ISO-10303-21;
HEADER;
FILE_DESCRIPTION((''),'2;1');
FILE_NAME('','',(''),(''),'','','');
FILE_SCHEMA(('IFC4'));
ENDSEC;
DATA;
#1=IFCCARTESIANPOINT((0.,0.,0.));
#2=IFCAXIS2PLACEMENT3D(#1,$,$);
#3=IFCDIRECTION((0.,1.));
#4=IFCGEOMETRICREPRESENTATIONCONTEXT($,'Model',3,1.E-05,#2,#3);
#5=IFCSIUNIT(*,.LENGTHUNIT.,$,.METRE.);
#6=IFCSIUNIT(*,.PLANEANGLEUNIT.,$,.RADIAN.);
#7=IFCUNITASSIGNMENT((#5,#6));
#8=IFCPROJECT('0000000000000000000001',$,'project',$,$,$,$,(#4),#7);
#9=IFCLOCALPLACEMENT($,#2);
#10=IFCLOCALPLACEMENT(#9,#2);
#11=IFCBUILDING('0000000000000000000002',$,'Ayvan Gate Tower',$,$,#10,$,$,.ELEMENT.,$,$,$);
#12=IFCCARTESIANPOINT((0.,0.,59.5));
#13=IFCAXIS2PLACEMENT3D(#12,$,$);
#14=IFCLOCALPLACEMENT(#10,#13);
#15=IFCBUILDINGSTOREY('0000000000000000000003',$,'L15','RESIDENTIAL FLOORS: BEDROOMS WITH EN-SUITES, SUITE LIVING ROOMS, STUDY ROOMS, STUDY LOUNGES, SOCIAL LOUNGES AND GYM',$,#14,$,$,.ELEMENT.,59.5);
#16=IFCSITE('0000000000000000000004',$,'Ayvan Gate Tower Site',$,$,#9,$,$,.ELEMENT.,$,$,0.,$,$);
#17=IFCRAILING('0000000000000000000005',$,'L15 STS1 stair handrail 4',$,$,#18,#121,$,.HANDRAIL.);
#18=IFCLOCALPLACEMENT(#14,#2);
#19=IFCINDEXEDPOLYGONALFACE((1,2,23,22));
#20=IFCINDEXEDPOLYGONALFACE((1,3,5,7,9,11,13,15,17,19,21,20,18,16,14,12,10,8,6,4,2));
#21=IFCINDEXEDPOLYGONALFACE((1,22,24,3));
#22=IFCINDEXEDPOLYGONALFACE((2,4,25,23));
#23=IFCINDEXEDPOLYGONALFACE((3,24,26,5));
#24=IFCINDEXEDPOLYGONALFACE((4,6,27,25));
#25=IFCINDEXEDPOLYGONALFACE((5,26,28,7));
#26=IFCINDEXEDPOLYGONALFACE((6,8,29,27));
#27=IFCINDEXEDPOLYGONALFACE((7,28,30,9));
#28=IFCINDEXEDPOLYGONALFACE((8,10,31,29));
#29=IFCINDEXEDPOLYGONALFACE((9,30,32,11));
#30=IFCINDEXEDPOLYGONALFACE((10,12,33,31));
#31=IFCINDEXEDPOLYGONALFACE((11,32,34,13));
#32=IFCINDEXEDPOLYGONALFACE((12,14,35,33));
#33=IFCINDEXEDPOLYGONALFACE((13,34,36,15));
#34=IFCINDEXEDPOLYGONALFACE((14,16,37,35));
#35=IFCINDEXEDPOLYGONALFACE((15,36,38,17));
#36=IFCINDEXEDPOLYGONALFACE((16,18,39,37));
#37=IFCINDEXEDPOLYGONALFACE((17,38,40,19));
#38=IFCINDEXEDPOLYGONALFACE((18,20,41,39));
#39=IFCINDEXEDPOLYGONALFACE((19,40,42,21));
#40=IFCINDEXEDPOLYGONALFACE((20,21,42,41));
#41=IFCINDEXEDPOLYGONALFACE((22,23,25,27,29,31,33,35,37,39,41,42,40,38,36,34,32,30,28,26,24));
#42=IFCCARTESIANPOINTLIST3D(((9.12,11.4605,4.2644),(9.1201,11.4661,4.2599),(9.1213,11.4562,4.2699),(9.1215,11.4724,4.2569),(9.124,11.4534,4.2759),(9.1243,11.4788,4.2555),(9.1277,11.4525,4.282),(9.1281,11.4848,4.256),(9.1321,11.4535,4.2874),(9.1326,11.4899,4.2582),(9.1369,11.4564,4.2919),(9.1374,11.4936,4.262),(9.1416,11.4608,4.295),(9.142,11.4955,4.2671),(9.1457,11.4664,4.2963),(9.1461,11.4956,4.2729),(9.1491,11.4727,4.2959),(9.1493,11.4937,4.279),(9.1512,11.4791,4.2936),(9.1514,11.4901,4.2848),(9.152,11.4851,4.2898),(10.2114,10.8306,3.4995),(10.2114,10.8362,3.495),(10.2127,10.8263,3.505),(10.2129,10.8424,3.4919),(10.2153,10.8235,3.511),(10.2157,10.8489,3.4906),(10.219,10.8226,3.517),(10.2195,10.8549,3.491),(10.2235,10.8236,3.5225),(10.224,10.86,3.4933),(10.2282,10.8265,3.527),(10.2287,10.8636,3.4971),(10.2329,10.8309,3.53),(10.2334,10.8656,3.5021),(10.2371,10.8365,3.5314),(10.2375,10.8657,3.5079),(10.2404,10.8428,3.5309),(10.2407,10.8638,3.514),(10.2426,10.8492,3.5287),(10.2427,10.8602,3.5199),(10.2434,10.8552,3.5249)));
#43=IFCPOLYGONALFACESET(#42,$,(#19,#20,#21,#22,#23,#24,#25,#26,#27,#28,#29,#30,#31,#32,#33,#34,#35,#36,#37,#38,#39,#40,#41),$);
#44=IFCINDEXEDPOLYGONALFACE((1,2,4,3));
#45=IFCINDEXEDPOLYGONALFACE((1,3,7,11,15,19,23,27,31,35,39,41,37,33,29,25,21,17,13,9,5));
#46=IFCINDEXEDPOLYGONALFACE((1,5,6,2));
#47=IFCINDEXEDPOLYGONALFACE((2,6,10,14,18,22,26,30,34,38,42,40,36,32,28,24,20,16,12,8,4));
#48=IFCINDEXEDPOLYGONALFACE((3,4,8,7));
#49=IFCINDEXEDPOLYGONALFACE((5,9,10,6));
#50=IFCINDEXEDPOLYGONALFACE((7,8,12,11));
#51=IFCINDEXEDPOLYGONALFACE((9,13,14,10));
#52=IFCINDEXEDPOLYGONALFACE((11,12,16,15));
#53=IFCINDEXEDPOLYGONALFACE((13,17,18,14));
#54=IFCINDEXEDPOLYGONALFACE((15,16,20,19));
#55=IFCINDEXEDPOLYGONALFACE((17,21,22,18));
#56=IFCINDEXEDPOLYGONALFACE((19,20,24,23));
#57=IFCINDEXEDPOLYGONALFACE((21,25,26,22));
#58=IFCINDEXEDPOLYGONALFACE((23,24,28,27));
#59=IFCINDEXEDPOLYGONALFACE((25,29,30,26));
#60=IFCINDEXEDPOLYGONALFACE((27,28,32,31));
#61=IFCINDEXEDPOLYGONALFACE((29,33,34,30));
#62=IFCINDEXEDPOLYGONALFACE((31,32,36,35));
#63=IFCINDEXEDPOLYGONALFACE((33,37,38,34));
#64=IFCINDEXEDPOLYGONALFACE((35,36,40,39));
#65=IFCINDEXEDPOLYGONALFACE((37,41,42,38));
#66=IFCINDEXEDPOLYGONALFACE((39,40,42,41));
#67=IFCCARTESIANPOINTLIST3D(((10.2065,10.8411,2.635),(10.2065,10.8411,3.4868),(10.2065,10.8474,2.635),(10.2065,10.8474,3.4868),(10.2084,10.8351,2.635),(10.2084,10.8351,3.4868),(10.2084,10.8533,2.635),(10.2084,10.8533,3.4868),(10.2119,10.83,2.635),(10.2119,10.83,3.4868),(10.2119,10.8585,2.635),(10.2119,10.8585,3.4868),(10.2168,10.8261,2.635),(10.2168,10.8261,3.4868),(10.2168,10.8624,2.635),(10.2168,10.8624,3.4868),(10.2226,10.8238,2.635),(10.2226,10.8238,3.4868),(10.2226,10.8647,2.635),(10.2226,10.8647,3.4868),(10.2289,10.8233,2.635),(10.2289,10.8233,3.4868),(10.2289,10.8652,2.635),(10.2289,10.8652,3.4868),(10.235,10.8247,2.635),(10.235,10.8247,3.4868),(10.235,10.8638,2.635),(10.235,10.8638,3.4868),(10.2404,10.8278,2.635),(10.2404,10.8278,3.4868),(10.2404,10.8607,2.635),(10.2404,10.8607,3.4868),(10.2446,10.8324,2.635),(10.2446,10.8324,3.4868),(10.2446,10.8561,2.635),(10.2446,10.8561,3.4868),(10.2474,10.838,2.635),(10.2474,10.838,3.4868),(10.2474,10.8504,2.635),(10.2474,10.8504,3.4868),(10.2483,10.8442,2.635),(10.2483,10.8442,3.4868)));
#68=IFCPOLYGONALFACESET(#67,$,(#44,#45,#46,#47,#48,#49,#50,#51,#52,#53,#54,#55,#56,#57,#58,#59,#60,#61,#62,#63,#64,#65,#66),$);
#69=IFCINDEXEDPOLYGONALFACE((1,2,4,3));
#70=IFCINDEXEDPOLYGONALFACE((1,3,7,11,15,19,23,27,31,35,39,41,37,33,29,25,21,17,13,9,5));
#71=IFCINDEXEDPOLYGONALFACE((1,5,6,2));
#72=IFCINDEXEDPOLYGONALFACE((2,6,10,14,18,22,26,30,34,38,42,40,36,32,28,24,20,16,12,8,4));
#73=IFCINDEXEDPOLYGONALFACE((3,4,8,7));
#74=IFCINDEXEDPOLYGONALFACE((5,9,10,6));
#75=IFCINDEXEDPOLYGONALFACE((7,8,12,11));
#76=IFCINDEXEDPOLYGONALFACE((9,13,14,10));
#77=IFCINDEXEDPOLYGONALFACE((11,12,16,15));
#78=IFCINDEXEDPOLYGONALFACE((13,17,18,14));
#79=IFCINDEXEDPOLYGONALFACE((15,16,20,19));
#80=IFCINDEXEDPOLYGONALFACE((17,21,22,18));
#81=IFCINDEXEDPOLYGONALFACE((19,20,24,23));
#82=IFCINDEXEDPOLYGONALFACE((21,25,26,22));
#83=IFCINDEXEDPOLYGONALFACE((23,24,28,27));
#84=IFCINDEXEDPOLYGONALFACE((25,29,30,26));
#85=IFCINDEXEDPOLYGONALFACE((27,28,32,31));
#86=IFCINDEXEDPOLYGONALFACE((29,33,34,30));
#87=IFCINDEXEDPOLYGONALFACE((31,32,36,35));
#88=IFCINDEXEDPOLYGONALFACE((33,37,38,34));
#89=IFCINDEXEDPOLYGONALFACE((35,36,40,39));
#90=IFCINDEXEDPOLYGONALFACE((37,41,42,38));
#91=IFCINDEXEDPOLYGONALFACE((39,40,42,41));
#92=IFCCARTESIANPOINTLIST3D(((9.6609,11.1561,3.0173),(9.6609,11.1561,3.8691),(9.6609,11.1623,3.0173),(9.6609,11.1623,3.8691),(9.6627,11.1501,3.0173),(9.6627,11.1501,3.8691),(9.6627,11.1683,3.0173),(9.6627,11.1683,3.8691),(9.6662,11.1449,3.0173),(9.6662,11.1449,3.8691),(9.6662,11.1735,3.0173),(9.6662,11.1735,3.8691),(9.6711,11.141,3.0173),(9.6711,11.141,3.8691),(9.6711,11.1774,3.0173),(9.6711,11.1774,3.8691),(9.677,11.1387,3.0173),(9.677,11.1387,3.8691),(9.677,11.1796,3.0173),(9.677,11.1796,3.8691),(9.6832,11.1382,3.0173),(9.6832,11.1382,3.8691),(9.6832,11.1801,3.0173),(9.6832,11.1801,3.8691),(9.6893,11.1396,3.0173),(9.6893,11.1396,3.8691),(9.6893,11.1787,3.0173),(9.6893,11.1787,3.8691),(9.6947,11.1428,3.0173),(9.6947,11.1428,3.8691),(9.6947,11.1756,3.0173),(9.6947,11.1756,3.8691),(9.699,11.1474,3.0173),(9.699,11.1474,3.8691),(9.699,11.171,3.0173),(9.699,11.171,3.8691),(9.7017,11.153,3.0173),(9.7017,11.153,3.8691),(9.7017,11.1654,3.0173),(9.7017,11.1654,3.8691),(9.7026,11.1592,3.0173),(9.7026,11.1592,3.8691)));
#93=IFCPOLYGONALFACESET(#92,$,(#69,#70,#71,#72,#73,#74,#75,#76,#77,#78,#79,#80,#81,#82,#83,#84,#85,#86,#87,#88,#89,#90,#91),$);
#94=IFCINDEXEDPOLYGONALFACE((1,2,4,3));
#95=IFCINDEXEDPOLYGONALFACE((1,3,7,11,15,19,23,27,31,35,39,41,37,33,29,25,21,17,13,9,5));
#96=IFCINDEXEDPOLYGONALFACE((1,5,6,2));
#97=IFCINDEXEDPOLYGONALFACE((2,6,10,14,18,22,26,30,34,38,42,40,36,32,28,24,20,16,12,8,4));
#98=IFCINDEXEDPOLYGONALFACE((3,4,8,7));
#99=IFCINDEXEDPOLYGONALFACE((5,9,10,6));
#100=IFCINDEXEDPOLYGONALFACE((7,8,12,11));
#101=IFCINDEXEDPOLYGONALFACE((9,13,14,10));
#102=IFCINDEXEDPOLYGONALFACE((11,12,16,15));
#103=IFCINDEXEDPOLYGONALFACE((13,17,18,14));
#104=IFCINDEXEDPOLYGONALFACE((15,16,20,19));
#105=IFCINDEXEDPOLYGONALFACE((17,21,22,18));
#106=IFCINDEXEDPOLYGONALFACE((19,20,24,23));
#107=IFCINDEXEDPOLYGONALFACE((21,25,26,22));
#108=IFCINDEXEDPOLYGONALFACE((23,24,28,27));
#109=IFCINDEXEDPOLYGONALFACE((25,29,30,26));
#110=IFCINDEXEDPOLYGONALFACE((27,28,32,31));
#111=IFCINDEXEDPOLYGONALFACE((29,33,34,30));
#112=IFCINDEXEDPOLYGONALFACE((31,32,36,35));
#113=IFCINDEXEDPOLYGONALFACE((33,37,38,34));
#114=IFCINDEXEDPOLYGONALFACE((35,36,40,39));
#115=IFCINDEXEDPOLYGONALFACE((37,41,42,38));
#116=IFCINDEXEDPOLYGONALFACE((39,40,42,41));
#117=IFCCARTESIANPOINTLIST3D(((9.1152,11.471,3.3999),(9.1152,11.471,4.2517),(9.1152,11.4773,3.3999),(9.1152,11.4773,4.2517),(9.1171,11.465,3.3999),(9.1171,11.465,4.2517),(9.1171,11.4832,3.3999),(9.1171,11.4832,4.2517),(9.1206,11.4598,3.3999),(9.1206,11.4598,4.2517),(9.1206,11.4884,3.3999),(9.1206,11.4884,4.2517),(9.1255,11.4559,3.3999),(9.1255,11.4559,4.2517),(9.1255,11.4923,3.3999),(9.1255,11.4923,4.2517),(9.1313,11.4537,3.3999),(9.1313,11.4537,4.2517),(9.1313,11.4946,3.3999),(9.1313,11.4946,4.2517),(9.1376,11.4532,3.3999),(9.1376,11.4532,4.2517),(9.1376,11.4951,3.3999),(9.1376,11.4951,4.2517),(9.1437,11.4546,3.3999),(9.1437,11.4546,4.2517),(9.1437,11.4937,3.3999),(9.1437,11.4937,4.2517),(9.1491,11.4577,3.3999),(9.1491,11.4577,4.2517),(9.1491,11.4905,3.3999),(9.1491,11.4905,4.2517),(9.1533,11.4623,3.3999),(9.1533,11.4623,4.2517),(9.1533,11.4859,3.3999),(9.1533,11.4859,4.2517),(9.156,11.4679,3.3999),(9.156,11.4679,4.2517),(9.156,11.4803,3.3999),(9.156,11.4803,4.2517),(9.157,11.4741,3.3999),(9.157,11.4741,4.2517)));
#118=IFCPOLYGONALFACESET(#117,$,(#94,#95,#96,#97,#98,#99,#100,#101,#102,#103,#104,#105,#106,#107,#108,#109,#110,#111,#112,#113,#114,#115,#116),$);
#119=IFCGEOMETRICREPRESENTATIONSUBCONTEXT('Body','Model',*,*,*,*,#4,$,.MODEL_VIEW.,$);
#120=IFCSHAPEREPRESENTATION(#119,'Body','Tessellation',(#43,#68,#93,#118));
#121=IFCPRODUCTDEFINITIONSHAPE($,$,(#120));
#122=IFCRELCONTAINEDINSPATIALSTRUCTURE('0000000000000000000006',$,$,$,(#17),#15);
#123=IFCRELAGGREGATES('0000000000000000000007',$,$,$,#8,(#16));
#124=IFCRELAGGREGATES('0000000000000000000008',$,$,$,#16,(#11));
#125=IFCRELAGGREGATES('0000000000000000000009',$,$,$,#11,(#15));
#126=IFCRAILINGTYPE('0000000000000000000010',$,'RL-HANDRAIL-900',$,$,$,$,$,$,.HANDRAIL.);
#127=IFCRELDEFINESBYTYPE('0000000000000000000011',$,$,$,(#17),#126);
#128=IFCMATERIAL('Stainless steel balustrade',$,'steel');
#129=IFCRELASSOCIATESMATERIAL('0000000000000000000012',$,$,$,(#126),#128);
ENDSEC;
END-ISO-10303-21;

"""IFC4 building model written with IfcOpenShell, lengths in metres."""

from ifc_helpers import new_model, si_unit, direction, frame, origin, origin_2d, place, context, subcontext, project, spatial, circle, extrude, material, type_object, element, save


model = new_model("IFC4")

# Units and contexts
model_context = context("Model", 3, precision=1e-05, world=origin(), true_north=direction((0.0, 1.0)))
body_context = subcontext(model_context, "Body", "Model", "MODEL_VIEW")
ifc_project = project(units=[si_unit("LENGTHUNIT", "METRE"), si_unit("PLANEANGLEUNIT", "RADIAN")], contexts=[model_context])

# Site, building, storey
site_placement = place(None, origin())
site = spatial("IfcSite", under=ifc_project, at=site_placement, Name="Ayvan Gate Tower Site", CompositionType="ELEMENT", RefElevation=0.0)
building_placement = place(site_placement, origin())
building = spatial("IfcBuilding", under=site, at=building_placement, Name="Ayvan Gate Tower", CompositionType="ELEMENT")
storey_placement = place(building_placement, frame((0.0, 0.0, 59.5)))
storey = spatial("IfcBuildingStorey", under=building, at=storey_placement, Name="L15", Description="RESIDENTIAL FLOORS: BEDROOMS WITH EN-SUITES, SUITE LIVING ROOMS, STUDY ROOMS, STUDY LOUNGES, SOCIAL LOUNGES AND GYM", CompositionType="ELEMENT", Elevation=59.5)

# Railing
ifc_material_1 = material(Name="Stainless steel balustrade", Category="steel")
railing_type_1 = type_object("IfcRailingType", Name="RL-HANDRAIL-900", PredefinedType="HANDRAIL", material=ifc_material_1)
railing_1_placement = place(storey_placement, frame((10.2273, 10.8442, 2.635)))
element("IfcRailing", 1, at=railing_1_placement, inside=storey, type_object=railing_type_1, Name="L15 STS1 stair handrail 4", PredefinedType="HANDRAIL", context=body_context, shape_type="SweptSolid", body=[
    extrude(circle(Radius=0.0239, at=origin_2d()), frame((0.0, 0.0, 0.876), z_axis=(-0.740357, 0.42732, 0.518912), x_axis=(-0.49989, -0.866089, 0.0)), (0.0, 0.0, 1.0), 1.4741),
    extrude(circle(Radius=0.021, at=origin_2d()), origin(), (0.0, 0.0, 1.0), 0.8518),
    extrude(circle(Radius=0.021, at=origin_2d()), frame((-0.5457, 0.3149, 0.3823)), (0.0, 0.0, 1.0), 0.8518),
    extrude(circle(Radius=0.021, at=origin_2d()), frame((-1.0913, 0.6299, 0.7649)), (0.0, 0.0, 1.0), 0.8518),
])

save(model, "model.ifc")
